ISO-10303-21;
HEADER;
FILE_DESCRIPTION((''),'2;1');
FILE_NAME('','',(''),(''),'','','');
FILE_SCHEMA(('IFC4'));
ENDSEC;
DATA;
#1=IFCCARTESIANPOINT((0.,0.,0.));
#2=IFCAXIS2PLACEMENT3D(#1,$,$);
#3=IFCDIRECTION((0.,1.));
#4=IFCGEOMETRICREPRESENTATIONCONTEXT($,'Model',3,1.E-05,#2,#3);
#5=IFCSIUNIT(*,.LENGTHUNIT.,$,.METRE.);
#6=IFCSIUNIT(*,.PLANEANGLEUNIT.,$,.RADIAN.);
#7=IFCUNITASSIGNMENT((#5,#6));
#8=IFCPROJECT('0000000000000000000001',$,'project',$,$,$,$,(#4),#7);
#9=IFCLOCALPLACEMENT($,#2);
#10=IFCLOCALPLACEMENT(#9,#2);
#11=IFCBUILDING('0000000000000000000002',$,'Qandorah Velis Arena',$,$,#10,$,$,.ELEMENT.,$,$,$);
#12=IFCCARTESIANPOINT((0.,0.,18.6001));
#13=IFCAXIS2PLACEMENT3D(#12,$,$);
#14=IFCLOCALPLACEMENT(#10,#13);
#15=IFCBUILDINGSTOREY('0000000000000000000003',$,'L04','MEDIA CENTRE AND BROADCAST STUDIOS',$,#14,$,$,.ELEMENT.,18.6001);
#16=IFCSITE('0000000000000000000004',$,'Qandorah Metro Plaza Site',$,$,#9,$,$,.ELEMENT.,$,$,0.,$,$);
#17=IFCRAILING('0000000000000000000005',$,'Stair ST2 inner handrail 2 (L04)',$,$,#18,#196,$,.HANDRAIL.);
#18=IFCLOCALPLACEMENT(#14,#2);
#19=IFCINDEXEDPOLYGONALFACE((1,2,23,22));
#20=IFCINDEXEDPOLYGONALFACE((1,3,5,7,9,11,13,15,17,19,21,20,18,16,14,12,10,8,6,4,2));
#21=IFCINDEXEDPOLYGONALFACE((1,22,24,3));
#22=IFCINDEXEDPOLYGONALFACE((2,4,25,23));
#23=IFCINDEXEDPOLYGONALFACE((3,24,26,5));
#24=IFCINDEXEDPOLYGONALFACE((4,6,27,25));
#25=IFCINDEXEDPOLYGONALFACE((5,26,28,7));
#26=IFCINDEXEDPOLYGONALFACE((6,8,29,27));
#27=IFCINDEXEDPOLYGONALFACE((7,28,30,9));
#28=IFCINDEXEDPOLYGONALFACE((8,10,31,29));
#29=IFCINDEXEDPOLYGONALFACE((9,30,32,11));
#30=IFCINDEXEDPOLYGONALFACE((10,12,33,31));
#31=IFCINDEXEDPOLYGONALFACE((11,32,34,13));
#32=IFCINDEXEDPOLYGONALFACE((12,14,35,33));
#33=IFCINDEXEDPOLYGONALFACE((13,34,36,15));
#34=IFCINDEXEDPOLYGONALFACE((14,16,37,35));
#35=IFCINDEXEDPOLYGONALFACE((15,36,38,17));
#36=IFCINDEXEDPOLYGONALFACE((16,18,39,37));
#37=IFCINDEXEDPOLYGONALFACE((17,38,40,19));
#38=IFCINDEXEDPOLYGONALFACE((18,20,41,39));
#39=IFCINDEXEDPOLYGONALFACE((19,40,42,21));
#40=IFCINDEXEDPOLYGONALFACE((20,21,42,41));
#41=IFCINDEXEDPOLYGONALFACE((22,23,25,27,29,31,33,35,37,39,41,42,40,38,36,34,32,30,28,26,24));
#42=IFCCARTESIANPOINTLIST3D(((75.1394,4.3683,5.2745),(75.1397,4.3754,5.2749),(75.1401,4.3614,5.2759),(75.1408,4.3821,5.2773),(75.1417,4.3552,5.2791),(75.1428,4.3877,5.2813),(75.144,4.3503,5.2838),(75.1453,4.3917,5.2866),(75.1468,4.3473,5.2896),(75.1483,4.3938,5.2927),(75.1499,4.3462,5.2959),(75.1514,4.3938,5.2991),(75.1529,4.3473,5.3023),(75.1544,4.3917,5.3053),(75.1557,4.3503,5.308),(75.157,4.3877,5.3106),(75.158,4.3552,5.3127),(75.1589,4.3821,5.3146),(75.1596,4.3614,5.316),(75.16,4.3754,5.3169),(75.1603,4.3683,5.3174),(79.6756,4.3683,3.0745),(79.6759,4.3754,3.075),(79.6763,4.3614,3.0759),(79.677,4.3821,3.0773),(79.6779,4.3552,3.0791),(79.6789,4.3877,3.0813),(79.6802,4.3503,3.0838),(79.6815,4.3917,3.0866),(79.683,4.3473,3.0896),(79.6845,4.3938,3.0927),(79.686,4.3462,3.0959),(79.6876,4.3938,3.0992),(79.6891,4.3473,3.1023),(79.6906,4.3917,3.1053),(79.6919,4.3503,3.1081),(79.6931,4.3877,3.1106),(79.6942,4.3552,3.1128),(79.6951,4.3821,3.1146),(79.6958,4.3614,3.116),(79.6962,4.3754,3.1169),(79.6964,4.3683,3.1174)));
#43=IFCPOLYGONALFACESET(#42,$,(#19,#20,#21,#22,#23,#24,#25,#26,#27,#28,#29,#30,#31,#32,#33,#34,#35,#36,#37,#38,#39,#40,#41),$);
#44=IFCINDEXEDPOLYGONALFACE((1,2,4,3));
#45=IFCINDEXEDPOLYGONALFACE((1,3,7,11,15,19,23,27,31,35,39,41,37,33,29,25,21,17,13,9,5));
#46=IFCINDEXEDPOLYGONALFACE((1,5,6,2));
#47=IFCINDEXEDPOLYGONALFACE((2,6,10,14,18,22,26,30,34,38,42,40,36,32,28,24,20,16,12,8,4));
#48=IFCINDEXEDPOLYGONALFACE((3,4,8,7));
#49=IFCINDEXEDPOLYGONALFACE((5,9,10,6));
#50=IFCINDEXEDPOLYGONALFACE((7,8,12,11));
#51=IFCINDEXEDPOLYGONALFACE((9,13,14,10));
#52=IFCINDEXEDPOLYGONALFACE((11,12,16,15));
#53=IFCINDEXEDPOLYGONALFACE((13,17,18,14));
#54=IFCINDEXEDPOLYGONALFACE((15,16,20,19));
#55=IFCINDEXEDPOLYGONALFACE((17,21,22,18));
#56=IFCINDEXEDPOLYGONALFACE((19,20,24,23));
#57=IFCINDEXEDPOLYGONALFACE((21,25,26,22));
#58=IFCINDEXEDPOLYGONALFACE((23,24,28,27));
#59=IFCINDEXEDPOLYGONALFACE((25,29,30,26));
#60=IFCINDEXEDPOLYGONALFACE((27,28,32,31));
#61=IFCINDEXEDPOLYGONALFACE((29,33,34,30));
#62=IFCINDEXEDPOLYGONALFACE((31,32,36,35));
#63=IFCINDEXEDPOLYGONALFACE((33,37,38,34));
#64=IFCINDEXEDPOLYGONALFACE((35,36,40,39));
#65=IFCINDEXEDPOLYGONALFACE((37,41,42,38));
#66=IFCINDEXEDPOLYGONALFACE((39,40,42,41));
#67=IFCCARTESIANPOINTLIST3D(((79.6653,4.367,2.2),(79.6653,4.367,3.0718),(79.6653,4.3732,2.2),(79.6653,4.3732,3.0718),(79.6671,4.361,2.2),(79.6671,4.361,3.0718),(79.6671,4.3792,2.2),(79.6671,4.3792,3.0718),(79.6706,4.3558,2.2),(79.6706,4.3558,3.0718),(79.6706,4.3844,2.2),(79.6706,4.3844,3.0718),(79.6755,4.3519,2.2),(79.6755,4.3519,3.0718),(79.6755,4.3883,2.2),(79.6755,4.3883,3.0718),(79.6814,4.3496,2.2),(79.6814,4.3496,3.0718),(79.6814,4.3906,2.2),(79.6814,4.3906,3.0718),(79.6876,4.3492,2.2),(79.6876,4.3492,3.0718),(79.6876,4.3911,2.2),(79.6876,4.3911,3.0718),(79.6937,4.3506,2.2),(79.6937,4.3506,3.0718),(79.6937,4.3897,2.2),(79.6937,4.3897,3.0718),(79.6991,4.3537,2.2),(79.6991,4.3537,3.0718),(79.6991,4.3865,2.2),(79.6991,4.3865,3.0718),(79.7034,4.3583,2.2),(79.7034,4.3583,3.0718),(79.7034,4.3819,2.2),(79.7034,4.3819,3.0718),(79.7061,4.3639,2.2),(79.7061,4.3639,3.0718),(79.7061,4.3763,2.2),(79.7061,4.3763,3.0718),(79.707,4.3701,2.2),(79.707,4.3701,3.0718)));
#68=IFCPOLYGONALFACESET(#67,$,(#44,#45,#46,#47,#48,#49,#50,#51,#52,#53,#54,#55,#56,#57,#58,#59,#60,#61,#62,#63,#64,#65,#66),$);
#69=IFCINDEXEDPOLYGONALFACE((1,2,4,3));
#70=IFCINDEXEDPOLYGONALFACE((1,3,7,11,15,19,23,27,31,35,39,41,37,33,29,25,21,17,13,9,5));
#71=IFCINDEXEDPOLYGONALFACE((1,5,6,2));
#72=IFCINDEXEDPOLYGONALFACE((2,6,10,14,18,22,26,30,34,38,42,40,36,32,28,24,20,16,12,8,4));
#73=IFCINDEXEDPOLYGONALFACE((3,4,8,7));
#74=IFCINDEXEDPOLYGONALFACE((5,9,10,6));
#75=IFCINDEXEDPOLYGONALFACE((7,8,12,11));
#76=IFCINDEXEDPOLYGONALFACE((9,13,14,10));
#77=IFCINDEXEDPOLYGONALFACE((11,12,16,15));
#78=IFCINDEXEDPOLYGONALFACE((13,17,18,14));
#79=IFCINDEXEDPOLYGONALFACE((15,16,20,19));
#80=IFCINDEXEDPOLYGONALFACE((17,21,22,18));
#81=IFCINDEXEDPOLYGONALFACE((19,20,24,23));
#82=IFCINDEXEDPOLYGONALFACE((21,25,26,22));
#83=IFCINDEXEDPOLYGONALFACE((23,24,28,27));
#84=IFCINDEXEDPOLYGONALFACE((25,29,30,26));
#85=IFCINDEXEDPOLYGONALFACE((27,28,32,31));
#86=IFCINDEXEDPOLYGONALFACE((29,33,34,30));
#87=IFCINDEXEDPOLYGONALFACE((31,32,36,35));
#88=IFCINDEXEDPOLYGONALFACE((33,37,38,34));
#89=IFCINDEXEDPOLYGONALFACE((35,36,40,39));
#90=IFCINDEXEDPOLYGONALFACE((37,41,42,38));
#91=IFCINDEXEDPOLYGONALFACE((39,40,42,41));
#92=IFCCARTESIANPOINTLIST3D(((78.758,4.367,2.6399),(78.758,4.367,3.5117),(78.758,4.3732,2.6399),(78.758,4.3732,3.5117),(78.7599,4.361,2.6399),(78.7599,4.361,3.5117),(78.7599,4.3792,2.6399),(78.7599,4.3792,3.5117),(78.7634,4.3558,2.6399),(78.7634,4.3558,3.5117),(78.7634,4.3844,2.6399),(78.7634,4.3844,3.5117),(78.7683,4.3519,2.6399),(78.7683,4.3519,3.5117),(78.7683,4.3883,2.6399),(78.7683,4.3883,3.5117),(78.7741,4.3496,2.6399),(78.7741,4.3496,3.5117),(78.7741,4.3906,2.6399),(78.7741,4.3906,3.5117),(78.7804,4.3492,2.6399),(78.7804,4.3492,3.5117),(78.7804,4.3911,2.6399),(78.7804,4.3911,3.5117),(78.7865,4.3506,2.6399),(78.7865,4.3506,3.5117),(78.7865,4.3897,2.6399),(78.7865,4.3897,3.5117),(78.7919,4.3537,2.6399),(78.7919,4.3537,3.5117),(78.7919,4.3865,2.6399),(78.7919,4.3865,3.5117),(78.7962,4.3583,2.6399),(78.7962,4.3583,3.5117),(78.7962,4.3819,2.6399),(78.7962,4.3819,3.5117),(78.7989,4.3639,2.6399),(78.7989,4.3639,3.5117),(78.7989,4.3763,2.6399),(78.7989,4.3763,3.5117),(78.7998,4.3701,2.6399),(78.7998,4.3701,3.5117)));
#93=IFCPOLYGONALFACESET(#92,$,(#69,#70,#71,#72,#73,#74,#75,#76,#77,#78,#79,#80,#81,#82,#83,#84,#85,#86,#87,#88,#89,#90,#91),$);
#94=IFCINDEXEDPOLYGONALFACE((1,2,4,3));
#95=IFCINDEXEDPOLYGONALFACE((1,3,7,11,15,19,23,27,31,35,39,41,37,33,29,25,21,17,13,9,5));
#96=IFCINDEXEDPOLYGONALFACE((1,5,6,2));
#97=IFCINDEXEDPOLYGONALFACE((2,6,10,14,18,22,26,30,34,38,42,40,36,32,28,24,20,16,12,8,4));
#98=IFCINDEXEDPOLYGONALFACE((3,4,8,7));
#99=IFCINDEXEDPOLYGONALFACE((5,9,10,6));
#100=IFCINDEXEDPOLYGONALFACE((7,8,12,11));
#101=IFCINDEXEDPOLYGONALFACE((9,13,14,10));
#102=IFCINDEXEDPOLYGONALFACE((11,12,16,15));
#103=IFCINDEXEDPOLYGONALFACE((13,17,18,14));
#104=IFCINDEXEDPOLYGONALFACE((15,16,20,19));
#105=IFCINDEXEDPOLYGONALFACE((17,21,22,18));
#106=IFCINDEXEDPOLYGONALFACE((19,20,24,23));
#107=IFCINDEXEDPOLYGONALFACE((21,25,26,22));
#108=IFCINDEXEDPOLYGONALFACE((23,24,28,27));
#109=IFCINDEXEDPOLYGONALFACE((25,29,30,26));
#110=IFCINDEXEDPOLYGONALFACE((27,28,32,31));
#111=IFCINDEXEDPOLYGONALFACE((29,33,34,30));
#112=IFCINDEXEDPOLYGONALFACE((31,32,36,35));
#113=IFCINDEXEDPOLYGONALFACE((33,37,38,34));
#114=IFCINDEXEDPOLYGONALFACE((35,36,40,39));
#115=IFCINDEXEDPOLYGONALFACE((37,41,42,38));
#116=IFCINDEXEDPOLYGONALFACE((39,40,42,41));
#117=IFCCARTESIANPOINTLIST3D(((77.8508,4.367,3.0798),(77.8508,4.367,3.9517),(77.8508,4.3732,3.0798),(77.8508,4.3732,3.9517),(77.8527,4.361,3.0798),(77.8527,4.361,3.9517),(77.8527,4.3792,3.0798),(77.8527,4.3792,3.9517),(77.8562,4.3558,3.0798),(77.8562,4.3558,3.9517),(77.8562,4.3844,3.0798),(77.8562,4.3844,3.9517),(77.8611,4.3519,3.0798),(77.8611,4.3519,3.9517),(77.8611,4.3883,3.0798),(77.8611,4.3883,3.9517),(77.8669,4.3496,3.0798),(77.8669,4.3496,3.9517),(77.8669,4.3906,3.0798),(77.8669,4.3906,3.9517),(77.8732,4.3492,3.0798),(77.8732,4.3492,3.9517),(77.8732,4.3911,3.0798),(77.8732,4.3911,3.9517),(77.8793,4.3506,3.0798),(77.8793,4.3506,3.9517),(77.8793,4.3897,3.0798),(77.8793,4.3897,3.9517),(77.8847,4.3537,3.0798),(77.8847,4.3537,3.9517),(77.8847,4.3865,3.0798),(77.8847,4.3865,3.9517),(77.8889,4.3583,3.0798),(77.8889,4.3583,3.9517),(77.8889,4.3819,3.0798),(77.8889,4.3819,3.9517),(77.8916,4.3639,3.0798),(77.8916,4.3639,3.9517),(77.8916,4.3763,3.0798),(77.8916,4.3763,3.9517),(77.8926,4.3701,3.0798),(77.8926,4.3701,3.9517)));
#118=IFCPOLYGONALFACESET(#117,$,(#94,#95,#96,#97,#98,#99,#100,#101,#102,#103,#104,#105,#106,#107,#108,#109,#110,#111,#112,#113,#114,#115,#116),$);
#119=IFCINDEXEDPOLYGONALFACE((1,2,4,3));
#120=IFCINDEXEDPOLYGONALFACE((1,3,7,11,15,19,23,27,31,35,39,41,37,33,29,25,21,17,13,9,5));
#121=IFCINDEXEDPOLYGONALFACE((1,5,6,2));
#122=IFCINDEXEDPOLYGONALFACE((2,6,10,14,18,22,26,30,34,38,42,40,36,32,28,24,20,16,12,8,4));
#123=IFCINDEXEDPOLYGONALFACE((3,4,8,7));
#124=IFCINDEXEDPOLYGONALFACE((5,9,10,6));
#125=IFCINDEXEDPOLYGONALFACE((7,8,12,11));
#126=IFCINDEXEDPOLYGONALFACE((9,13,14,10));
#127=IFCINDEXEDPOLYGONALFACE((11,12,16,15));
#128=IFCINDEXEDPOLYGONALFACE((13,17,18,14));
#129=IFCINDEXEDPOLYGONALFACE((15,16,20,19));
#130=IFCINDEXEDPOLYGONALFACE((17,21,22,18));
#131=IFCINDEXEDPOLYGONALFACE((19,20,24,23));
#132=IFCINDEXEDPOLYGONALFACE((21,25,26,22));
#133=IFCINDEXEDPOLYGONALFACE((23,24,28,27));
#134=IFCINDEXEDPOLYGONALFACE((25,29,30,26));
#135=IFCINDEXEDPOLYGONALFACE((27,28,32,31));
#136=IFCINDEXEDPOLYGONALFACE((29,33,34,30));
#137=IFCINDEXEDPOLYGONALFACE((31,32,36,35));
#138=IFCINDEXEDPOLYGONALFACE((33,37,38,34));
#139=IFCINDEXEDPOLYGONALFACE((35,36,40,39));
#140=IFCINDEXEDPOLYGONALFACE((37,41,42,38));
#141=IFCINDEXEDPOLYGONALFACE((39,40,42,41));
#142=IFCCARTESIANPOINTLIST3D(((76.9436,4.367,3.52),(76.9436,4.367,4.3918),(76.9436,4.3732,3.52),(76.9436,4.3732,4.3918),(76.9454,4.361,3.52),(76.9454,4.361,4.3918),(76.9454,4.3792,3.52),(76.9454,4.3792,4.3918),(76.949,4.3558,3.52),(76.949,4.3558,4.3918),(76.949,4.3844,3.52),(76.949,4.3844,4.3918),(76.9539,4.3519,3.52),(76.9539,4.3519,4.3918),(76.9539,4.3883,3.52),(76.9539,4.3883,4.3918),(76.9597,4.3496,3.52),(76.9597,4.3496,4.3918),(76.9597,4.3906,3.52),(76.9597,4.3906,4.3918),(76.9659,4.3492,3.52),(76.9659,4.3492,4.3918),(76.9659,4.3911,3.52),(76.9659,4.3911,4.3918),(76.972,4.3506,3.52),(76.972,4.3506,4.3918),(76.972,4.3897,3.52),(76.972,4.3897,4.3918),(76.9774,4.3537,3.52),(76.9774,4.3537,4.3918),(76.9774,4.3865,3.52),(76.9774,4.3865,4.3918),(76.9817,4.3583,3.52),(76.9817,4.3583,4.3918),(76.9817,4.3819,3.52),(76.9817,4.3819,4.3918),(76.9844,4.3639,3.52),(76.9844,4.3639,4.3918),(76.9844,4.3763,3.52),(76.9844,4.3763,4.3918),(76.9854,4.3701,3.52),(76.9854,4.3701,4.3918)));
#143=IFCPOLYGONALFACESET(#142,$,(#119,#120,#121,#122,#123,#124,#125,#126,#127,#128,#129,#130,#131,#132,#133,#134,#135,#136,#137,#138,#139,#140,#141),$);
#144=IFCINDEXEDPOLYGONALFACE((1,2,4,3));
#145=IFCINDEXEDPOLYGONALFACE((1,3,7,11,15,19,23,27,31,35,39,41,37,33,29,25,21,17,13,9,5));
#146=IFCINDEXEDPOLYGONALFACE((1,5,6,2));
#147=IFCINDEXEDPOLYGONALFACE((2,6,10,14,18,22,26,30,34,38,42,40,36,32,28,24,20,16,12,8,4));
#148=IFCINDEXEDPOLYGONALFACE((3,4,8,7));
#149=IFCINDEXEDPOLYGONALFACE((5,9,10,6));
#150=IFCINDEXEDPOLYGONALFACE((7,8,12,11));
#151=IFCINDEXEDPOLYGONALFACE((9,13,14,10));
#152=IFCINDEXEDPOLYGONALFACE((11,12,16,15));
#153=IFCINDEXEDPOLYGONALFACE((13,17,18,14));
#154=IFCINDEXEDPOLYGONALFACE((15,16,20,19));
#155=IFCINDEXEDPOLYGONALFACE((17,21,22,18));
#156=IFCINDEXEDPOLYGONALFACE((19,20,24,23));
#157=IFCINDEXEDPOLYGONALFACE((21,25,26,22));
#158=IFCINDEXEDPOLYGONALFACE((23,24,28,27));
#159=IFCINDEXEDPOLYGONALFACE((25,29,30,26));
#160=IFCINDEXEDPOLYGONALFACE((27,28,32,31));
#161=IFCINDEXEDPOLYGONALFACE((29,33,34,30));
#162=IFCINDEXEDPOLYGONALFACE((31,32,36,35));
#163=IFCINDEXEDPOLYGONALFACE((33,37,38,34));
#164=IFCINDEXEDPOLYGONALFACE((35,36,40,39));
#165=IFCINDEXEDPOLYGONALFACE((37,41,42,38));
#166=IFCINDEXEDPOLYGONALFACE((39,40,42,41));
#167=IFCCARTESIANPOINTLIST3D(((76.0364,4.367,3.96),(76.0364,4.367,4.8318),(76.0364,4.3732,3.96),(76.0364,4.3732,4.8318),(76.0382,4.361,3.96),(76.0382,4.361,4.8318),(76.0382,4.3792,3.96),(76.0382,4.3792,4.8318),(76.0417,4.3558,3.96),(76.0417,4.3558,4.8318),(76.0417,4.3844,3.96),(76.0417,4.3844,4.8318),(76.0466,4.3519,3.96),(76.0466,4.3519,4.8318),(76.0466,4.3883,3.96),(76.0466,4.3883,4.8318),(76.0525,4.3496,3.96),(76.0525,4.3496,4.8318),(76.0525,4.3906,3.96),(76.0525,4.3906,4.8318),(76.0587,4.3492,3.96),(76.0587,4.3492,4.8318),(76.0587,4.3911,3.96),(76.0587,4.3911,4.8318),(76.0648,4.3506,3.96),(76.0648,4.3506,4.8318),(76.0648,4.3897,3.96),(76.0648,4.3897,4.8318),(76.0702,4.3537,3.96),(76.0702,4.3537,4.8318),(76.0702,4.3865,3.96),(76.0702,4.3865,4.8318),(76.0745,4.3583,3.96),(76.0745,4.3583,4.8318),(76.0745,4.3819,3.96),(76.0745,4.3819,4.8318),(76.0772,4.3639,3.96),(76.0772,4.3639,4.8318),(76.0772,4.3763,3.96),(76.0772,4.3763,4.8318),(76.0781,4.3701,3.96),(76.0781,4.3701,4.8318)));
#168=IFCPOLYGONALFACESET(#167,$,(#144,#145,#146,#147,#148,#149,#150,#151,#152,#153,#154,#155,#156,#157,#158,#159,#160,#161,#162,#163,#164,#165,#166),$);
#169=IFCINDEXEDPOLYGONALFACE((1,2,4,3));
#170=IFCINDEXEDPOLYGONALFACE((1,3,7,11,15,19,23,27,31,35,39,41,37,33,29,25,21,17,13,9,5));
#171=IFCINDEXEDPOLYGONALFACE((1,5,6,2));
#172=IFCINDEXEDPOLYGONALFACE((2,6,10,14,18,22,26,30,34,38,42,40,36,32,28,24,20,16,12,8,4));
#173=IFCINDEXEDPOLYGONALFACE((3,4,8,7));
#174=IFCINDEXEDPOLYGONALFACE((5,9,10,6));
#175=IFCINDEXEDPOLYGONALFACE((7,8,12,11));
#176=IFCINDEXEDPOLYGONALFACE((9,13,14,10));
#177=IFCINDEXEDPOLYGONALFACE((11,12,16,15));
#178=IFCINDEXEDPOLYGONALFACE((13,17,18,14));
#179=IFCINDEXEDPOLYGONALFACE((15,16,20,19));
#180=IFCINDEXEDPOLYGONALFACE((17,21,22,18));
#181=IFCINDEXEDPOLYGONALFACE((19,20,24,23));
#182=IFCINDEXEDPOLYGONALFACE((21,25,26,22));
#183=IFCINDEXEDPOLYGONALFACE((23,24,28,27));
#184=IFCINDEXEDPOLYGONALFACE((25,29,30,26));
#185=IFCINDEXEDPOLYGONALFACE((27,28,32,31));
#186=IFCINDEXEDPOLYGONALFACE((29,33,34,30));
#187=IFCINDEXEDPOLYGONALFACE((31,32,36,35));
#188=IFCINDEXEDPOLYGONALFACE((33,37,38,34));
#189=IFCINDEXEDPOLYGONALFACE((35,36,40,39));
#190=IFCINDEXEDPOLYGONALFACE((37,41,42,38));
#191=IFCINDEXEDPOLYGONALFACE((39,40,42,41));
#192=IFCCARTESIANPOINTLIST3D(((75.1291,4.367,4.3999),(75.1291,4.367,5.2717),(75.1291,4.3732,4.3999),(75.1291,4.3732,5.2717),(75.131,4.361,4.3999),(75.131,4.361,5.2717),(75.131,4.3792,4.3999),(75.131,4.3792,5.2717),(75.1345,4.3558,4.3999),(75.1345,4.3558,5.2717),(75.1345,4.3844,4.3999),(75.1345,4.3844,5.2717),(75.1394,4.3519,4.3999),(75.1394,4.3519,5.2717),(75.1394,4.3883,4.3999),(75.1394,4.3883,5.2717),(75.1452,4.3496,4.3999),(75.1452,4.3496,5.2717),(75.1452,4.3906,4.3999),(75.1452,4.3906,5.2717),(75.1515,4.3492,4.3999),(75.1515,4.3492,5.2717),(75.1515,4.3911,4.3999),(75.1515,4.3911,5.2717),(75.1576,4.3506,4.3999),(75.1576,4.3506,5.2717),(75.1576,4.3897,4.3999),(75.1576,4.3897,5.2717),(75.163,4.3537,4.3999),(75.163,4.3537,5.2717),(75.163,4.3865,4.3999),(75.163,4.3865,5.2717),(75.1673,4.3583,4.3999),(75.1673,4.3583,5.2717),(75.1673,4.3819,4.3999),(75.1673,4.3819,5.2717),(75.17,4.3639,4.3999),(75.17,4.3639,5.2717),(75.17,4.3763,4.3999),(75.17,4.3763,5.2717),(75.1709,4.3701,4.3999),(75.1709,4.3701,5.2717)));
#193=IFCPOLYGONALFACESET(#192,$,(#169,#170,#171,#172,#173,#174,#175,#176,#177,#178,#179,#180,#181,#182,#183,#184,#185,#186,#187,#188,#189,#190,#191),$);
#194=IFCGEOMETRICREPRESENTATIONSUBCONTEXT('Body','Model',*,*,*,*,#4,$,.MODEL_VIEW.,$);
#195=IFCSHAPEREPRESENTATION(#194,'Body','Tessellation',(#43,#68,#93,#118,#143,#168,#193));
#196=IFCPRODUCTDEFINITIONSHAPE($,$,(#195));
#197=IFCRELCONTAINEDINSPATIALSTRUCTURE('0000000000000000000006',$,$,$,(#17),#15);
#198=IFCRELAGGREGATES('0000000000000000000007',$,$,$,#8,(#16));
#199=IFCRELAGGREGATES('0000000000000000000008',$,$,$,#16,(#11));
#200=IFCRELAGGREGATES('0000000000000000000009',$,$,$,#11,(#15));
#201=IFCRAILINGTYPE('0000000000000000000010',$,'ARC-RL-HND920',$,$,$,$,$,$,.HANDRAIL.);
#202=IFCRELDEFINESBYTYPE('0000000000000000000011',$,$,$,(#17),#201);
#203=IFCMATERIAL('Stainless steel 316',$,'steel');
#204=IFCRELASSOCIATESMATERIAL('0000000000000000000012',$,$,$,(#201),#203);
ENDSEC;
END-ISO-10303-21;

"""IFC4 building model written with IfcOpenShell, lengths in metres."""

from ifc_helpers import new_model, si_unit, direction, frame, origin, origin_2d, place, context, subcontext, project, spatial, circle, extrude, material, type_object, element, save


model = new_model("IFC4")

# Units and contexts
model_context = context("Model", 3, precision=1e-05, world=origin(), true_north=direction((0.0, 1.0)))
body_context = subcontext(model_context, "Body", "Model", "MODEL_VIEW")
ifc_project = project(units=[si_unit("LENGTHUNIT", "METRE"), si_unit("PLANEANGLEUNIT", "RADIAN")], contexts=[model_context])

# Site, building, storey
site_placement = place(None, origin())
site = spatial("IfcSite", under=ifc_project, at=site_placement, Name="Qandorah Metro Plaza Site", CompositionType="ELEMENT", RefElevation=0.0)
building_placement = place(site_placement, origin())
building = spatial("IfcBuilding", under=site, at=building_placement, Name="Qandorah Velis Arena", CompositionType="ELEMENT")
storey_placement = place(building_placement, frame((0.0, 0.0, 18.6001)))
storey = spatial("IfcBuildingStorey", under=building, at=storey_placement, Name="L04", Description="MEDIA CENTRE AND BROADCAST STUDIOS", CompositionType="ELEMENT", Elevation=18.6001)

# Railing
ifc_material_1 = material(Name="Stainless steel 316", Category="steel")
railing_type_1 = type_object("IfcRailingType", Name="ARC-RL-HND920", PredefinedType="HANDRAIL", material=ifc_material_1)
railing_1_placement = place(storey_placement, frame((79.686, 4.3701, 2.2)))
element("IfcRailing", 1, at=railing_1_placement, inside=storey, type_object=railing_type_1, Name="Stair ST2 inner handrail 2 (L04)", PredefinedType="HANDRAIL", context=body_context, shape_type="SweptSolid", body=[
    extrude(circle(Radius=0.0239, at=origin_2d()), frame((0.0, 0.0, 0.896), z_axis=(-0.899766, 0.0, 0.436372), x_axis=(0.0, -1.0, 0.0)), (0.0, 0.0, 1.0), 5.0415),
    extrude(circle(Radius=0.021, at=origin_2d()), origin(), (0.0, 0.0, 1.0), 0.8718),
    extrude(circle(Radius=0.021, at=origin_2d()), frame((-0.9072, 0.0, 0.4399)), (0.0, 0.0, 1.0), 0.8718),
    extrude(circle(Radius=0.021, at=origin_2d()), frame((-1.8145, 0.0, 0.8799)), (0.0, 0.0, 1.0), 0.8718),
    extrude(circle(Radius=0.021, at=origin_2d()), frame((-2.7217, 0.0, 1.3201)), (0.0, 0.0, 1.0), 0.8718),
    extrude(circle(Radius=0.021, at=origin_2d()), frame((-3.6289, 0.0, 1.76)), (0.0, 0.0, 1.0), 0.8718),
    extrude(circle(Radius=0.021, at=origin_2d()), frame((-4.5361, 0.0, 2.2)), (0.0, 0.0, 1.0), 0.8718),
])

save(model, "model.ifc")
